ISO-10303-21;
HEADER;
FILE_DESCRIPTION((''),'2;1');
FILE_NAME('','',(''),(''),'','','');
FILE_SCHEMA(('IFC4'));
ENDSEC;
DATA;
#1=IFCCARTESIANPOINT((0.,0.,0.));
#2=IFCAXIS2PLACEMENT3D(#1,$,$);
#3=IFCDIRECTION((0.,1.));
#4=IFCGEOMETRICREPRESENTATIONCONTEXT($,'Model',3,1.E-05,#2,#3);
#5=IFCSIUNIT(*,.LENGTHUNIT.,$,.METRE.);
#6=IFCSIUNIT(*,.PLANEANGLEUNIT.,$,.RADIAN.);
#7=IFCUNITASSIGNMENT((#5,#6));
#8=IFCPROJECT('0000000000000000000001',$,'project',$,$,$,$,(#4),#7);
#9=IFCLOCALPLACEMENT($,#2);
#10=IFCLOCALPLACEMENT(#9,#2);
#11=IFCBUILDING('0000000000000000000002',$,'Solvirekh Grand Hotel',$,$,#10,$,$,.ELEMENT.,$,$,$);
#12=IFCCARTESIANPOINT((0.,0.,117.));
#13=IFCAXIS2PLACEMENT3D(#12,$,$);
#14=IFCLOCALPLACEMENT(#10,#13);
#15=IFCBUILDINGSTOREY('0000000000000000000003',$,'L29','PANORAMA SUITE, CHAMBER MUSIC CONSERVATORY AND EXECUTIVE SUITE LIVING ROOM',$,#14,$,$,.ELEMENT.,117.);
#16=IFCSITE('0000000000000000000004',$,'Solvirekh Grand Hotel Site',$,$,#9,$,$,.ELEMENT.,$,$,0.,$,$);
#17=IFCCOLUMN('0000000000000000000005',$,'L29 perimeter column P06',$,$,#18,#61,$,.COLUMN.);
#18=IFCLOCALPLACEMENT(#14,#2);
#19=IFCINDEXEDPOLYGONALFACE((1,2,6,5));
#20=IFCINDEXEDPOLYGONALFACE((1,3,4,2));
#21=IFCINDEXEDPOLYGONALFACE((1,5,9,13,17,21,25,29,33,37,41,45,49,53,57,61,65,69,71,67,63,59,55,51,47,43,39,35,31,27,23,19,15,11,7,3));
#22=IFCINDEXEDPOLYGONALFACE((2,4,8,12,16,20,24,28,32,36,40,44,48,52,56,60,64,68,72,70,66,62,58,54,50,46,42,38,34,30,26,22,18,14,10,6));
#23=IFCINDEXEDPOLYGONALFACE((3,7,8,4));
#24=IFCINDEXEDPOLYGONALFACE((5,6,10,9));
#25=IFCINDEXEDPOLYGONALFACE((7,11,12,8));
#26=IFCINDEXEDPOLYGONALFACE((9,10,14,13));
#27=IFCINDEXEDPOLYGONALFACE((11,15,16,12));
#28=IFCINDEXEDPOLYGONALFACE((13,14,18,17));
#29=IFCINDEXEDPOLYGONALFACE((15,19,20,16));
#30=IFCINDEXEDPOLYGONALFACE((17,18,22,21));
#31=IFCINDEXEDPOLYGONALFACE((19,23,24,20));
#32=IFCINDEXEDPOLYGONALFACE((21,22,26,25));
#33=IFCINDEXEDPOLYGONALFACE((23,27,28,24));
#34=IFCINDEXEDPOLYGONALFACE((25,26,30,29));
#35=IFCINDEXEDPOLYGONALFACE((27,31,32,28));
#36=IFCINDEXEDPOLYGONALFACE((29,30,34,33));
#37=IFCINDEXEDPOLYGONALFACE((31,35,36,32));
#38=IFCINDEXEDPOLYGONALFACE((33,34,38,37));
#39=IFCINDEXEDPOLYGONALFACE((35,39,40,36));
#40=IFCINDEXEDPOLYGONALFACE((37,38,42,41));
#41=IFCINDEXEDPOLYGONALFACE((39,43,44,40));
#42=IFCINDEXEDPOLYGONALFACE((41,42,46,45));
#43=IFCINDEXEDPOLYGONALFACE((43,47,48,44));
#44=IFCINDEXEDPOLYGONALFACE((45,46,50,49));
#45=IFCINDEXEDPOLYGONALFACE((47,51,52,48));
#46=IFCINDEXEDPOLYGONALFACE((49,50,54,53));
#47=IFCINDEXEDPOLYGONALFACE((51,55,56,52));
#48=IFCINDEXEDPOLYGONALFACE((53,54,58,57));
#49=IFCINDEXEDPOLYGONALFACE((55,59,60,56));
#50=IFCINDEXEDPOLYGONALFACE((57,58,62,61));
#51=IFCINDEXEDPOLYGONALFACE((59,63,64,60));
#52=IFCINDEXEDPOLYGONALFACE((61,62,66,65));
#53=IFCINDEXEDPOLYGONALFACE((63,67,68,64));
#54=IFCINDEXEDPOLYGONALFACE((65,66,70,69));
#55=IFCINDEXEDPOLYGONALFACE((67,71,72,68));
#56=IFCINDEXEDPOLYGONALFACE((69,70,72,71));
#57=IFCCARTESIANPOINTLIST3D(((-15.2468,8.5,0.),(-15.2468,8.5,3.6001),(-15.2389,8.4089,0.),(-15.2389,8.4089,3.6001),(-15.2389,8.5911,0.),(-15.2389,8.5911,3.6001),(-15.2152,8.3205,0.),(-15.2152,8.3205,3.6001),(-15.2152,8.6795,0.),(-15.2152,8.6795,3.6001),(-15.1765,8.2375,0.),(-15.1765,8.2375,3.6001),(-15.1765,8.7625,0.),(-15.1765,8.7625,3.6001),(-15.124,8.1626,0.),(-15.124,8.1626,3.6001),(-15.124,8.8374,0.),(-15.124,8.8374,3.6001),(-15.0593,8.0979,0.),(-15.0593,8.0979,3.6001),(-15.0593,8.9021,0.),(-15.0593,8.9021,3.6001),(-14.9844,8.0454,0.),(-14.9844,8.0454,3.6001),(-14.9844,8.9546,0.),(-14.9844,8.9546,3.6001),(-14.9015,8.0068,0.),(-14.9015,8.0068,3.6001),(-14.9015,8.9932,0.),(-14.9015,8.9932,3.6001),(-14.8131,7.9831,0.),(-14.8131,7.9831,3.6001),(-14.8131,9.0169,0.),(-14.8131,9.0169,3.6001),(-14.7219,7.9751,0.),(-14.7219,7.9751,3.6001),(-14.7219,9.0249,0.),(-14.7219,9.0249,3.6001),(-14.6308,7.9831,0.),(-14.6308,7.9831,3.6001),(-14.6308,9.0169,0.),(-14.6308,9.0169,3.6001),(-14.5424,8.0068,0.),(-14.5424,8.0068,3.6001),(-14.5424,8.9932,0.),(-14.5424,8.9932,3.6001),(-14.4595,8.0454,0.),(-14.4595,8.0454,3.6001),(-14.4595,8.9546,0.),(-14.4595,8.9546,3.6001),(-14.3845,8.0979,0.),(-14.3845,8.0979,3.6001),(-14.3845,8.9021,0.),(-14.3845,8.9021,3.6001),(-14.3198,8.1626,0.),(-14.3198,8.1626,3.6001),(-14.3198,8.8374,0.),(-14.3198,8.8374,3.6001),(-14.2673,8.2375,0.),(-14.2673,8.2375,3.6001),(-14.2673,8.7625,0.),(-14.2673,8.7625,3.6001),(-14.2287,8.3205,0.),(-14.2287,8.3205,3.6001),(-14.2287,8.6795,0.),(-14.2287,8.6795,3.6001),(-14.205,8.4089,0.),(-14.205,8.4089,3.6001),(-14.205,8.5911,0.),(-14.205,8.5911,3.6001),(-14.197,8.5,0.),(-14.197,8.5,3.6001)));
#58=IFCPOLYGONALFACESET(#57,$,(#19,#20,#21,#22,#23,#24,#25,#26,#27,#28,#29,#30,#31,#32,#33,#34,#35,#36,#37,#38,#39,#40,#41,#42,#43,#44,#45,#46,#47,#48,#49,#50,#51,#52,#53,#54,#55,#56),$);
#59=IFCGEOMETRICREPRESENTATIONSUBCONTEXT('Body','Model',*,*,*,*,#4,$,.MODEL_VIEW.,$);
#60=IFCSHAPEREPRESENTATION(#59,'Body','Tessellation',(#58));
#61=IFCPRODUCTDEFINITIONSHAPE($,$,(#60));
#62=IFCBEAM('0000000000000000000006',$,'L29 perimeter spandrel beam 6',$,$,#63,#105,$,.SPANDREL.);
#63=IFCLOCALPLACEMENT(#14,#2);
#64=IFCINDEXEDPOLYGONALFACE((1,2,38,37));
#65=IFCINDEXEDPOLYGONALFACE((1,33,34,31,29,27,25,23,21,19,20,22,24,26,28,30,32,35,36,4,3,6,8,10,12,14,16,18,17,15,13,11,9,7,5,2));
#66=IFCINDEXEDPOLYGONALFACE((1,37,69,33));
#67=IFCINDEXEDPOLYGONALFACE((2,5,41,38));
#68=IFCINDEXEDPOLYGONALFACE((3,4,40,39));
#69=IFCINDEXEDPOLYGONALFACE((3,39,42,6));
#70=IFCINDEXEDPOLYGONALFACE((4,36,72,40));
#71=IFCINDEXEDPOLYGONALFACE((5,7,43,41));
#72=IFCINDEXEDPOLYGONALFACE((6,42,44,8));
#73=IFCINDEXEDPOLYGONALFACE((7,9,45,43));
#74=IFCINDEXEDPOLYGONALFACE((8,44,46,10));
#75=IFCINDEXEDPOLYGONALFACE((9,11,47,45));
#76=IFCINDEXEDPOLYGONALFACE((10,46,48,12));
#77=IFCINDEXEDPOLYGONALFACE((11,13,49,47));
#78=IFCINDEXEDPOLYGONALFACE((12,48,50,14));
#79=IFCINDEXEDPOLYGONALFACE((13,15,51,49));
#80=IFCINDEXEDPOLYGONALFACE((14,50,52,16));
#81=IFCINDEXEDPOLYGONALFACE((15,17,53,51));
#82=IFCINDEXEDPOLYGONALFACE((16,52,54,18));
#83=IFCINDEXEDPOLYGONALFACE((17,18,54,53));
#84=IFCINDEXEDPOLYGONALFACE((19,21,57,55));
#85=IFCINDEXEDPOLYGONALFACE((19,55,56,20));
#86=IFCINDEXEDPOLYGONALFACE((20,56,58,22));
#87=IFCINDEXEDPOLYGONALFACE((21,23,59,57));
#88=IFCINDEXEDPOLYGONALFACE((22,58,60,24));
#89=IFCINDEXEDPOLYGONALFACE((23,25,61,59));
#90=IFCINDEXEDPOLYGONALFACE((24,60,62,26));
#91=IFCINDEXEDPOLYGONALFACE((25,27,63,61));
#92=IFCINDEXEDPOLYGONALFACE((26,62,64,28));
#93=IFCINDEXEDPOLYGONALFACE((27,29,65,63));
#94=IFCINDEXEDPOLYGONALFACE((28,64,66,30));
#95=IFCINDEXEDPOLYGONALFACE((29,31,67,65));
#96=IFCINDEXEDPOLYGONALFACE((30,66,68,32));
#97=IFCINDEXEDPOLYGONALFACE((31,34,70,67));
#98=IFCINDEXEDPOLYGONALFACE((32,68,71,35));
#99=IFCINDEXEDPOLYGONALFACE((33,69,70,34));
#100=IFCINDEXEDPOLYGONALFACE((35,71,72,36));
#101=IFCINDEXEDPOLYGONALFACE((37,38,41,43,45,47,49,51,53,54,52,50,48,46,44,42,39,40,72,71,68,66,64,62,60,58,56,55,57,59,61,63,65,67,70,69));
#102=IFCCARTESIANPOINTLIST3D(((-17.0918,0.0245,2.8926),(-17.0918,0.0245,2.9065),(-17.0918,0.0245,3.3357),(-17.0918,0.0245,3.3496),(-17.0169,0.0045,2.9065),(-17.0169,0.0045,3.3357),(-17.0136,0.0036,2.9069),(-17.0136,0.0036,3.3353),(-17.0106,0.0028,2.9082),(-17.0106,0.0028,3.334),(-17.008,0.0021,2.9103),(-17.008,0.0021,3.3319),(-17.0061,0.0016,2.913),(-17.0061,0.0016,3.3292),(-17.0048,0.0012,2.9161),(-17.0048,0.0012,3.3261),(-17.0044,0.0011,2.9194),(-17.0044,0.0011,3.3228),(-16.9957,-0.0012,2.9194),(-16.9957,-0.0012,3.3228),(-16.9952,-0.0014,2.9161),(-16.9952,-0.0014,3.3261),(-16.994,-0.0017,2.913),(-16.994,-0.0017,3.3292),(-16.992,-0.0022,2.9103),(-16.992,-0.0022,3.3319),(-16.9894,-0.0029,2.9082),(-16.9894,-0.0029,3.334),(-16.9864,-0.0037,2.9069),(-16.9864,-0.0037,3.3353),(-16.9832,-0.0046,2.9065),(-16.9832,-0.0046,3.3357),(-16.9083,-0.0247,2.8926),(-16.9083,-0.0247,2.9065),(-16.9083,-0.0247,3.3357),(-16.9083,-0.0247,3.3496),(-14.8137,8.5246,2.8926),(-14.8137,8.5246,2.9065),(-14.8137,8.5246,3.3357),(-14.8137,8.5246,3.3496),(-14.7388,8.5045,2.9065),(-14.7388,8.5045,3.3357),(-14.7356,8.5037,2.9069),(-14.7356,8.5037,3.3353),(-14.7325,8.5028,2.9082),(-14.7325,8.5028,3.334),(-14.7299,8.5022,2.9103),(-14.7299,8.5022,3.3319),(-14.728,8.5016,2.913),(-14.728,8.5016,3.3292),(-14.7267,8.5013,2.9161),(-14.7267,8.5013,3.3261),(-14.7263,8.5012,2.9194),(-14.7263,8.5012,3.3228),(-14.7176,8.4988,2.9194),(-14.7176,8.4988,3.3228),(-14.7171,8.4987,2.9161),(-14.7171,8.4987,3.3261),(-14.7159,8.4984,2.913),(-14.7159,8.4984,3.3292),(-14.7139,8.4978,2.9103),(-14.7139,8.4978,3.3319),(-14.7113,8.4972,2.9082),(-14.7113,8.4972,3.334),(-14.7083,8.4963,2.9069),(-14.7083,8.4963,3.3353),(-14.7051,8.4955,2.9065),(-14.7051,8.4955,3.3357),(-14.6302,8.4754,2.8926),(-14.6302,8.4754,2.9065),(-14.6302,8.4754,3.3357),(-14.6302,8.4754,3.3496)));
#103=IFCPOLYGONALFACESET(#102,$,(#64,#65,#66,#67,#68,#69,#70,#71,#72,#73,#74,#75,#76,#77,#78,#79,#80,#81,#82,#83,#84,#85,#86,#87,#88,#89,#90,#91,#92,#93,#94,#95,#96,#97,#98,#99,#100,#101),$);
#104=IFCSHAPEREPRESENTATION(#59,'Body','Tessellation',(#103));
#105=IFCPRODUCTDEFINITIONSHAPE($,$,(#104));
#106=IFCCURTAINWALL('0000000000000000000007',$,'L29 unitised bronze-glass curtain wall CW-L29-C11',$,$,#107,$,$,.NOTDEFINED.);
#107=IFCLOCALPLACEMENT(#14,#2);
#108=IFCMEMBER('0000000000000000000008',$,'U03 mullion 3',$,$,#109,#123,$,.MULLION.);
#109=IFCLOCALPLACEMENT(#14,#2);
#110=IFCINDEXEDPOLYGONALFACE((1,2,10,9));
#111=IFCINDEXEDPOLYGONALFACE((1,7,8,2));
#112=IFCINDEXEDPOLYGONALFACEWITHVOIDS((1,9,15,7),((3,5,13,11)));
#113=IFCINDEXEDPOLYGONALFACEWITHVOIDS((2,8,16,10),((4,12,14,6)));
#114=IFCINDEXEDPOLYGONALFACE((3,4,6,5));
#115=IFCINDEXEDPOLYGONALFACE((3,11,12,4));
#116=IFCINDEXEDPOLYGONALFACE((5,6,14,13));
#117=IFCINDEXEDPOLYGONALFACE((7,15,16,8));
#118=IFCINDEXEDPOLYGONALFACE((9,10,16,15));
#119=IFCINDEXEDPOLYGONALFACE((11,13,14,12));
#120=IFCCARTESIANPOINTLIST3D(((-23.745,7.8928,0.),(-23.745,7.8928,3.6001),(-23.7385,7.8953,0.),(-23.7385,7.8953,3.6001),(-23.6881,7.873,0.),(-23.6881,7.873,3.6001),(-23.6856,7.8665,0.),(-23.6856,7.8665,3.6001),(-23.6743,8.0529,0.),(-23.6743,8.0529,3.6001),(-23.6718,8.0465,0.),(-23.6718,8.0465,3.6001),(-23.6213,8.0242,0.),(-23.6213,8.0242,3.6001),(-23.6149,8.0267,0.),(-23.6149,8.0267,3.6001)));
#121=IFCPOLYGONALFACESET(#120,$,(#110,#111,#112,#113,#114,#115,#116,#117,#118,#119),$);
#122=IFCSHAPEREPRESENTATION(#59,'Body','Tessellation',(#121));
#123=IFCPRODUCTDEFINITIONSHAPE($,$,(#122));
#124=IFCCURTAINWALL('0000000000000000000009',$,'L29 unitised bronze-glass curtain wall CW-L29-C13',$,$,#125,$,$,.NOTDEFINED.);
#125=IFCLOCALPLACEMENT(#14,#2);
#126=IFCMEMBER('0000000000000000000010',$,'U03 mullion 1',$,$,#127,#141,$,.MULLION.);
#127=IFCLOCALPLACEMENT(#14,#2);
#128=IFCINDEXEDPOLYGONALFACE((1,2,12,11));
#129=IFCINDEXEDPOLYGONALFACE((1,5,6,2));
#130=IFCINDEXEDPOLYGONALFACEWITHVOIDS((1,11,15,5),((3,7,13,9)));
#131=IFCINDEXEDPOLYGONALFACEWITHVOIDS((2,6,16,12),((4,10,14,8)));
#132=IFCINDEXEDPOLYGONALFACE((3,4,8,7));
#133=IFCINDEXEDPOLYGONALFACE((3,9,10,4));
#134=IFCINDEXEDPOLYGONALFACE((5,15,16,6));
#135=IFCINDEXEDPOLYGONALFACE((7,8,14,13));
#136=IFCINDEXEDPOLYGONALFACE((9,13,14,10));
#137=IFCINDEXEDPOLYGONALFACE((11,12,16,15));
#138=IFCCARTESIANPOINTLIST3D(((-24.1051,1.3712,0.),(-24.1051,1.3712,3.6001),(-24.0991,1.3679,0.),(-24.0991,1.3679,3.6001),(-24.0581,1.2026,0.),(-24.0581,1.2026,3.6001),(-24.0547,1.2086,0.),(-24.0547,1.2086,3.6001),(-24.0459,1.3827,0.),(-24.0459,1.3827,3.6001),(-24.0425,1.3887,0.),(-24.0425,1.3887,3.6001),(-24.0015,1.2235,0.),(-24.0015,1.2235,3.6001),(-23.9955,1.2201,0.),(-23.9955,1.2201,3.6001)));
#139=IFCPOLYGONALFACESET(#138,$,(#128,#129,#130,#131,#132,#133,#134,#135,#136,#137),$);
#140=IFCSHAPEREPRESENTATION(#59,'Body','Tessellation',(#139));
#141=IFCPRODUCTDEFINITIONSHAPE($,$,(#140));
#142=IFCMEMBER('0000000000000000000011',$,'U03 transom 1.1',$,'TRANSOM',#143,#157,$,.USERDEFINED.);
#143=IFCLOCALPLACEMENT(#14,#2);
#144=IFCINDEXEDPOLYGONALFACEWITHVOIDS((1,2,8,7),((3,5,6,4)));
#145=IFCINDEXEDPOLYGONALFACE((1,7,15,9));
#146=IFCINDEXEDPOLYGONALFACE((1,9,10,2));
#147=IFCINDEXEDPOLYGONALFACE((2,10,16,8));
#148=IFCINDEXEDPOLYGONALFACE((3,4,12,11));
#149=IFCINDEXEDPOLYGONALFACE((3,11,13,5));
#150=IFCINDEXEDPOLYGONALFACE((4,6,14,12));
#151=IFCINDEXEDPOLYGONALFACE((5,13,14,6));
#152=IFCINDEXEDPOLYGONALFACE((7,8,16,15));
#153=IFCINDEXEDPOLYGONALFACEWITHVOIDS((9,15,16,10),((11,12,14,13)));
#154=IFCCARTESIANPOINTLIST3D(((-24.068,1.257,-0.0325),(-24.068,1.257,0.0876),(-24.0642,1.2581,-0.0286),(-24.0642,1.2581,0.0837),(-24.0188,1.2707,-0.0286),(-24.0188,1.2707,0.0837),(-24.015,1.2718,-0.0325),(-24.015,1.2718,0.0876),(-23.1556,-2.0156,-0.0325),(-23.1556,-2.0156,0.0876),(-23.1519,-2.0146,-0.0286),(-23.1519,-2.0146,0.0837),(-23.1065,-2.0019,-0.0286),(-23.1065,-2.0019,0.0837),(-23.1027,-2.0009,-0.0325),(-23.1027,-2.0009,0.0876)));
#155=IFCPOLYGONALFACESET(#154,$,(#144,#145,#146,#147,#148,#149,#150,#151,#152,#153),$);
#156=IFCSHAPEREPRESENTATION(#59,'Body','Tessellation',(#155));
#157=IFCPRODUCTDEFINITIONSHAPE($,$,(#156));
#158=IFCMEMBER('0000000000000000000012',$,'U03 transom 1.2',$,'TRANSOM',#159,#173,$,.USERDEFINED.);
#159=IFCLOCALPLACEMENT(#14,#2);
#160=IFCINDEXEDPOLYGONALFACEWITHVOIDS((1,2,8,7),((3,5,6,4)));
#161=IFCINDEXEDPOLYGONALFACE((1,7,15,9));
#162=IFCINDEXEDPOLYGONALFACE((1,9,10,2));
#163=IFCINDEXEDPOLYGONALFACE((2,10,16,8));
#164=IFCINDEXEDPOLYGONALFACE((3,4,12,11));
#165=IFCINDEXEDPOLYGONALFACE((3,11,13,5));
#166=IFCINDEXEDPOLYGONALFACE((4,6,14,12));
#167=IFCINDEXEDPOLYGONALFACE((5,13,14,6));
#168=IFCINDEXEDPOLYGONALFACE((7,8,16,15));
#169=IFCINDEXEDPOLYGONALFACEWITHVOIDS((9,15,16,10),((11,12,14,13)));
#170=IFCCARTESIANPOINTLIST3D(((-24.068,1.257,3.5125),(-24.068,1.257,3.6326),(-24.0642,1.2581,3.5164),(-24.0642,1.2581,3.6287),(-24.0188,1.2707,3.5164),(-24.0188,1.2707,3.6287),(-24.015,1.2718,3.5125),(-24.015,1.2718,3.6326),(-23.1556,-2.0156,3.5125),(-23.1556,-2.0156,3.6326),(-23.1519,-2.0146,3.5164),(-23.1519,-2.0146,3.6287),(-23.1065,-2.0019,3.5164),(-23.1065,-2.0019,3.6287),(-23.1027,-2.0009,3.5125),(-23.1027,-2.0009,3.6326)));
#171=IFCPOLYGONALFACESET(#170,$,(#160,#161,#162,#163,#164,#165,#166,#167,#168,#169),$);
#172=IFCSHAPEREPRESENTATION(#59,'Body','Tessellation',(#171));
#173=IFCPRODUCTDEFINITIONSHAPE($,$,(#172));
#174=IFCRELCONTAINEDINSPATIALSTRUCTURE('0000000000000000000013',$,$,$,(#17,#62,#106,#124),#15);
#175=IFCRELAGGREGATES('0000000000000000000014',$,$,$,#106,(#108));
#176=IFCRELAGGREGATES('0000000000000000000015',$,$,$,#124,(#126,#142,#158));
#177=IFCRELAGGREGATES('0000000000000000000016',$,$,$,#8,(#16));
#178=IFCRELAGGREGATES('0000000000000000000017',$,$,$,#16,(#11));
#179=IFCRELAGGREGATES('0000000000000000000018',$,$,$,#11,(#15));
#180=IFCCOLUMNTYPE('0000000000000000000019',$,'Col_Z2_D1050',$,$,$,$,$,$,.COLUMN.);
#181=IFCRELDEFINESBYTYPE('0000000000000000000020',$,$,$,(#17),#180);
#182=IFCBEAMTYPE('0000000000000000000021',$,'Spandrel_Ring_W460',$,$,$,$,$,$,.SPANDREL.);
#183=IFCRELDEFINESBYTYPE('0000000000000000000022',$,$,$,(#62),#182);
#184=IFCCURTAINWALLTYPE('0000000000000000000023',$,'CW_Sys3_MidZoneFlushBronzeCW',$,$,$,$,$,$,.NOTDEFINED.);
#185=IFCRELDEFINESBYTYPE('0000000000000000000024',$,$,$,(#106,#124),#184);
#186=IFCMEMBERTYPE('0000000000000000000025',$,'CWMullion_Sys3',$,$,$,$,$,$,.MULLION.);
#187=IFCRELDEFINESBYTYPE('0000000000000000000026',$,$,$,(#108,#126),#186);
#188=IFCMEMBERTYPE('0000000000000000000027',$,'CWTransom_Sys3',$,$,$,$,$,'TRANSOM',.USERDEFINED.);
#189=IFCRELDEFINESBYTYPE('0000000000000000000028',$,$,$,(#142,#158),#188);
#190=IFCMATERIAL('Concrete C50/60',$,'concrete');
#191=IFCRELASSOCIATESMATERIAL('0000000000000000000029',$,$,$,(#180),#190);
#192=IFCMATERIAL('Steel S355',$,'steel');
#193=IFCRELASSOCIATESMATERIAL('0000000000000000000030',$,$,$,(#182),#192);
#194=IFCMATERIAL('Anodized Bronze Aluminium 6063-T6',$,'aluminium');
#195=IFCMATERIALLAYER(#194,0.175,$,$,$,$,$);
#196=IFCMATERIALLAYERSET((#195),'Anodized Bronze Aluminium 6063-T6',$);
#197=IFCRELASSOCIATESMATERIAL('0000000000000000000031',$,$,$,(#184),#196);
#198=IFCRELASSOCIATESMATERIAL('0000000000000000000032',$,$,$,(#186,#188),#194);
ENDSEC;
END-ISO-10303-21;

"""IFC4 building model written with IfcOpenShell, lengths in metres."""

from ifc_helpers import new_model, si_unit, direction, frame, origin, origin_2d, place, context, subcontext, project, spatial, hollow_rectangle, circle, i_section, extrude, source, transform, mapped, material, layer, layer_set, material_profile, profile_set, type_object, element, aggregate, save


model = new_model("IFC4")

# Units and contexts
model_context = context("Model", 3, precision=1e-05, world=origin(), true_north=direction((0.0, 1.0)))
body_context = subcontext(model_context, "Body", "Model", "MODEL_VIEW")
ifc_project = project(units=[si_unit("LENGTHUNIT", "METRE"), si_unit("PLANEANGLEUNIT", "RADIAN")], contexts=[model_context])

# Site, building, storey
site_placement = place(None, origin())
site = spatial("IfcSite", under=ifc_project, at=site_placement, Name="Solvirekh Grand Hotel Site", CompositionType="ELEMENT", RefElevation=0.0)
building_placement = place(site_placement, origin())
building = spatial("IfcBuilding", under=site, at=building_placement, Name="Solvirekh Grand Hotel", CompositionType="ELEMENT")
storey_placement = place(building_placement, frame((0.0, 0.0, 117.0)))
storey = spatial("IfcBuildingStorey", under=building, at=storey_placement, Name="L29", Description="PANORAMA SUITE, CHAMBER MUSIC CONSERVATORY AND EXECUTIVE SUITE LIVING ROOM", CompositionType="ELEMENT", Elevation=117.0)

# Column
ifc_material_1 = material(Name="Concrete C50/60", Category="concrete")
ifc_material_profile_1 = material_profile(ifc_material_1, circle(Radius=0.5249, at=origin_2d()), Name="RC CIRC D1050")
ifc_profile_set_1 = profile_set([ifc_material_profile_1], Name="Concrete C50/60")
column_type = type_object("IfcColumnType", Name="Col_Z2_D1050", PredefinedType="COLUMN", material=ifc_profile_set_1)
column_placement = place(storey_placement, frame((-14.7219, 8.5, 0.0), z_axis=(0.0, 0.0, 1.0), x_axis=(1.0, 0.0, 0.0)))
element("IfcColumn", 1, at=column_placement, inside=storey, type_object=column_type, Name="L29 perimeter column P06", PredefinedType="COLUMN", context=body_context, shape_type="SweptSolid", body=[
    extrude(circle(Radius=0.5249, at=origin_2d()), origin(), (0.0, 0.0, 1.0), 3.6001),
])

# Beam
ifc_material_2 = material(Name="Steel S355", Category="steel")
ifc_material_profile_2 = material_profile(ifc_material_2, i_section(OverallWidth=0.1899, OverallDepth=0.457, WebThickness=0.009, FlangeThickness=0.0139, FilletRadius=0.0129, at=origin_2d()), Name="W460X74")
ifc_profile_set_2 = profile_set([ifc_material_profile_2], Name="Steel S355")
beam_type = type_object("IfcBeamType", Name="Spandrel_Ring_W460", PredefinedType="SPANDREL", material=ifc_profile_set_2)
beam_placement = place(storey_placement, frame((-14.7219, 8.5, 3.1211), z_axis=(-0.258873, -0.965911, 0.0), x_axis=(0.965911, -0.258873, 0.0)))
element("IfcBeam", 2, at=beam_placement, inside=storey, type_object=beam_type, Name="L29 perimeter spandrel beam 6", PredefinedType="SPANDREL", context=body_context, shape_type="SweptSolid", body=[
    extrude(i_section(OverallWidth=0.1899, OverallDepth=0.457, WebThickness=0.009, FlangeThickness=0.0139, FilletRadius=0.0129, at=origin_2d()), origin(), (0.0, 0.0, 1.0), 8.8),
])

# Curtain wall, member
ifc_material_3 = material(Name="Anodized Bronze Aluminium 6063-T6", Category="aluminium")
ifc_layer_1 = layer(ifc_material_3, 0.175)
ifc_layer_set_1 = layer_set([ifc_layer_1], Name="Anodized Bronze Aluminium 6063-T6")
curtain_wall_type = type_object("IfcCurtainWallType", Name="CW_Sys3_MidZoneFlushBronzeCW", PredefinedType="NOTDEFINED", material=ifc_layer_set_1)
curtain_wall_1_placement = place(storey_placement, origin())
curtain_wall_1 = element("IfcCurtainWall", 3, at=curtain_wall_1_placement, inside=storey, type_object=curtain_wall_type, Name="L29 unitised bronze-glass curtain wall CW-L29-C11", PredefinedType="NOTDEFINED")
ifc_material_profile_3 = material_profile(ifc_material_3, hollow_rectangle(XDim=0.0649, YDim=0.175, WallThickness=0.0049, at=origin_2d()), Name="ALU RHS 175X65X5")
ifc_profile_set_3 = profile_set([ifc_material_profile_3], Name="Anodized Bronze Aluminium 6063-T6")
member_type_1 = type_object("IfcMemberType", Name="CWMullion_Sys3", PredefinedType="MULLION", material=ifc_profile_set_3)
shared_shape_1 = source(origin(), body_context, "Body", "SweptSolid", [
    extrude(hollow_rectangle(XDim=0.0649, YDim=0.175, WallThickness=0.0049, at=origin_2d()), origin(), (0.0, 0.0, 1.0), 3.6001),
])
member_1_placement = place(storey_placement, frame((-23.6799, 7.9597, 0.0), z_axis=(0.0, 0.0, 1.0), x_axis=(0.914819, -0.403864, 0.0)))
member_1 = element("IfcMember", 4, at=member_1_placement, type_object=member_type_1, Name="U03 mullion 3", PredefinedType="MULLION", context=body_context, shape_type="MappedRepresentation", body=[
    mapped(shared_shape_1, transform((0.0, 0.0, 0.0), x_axis=(1.0, 0.0, 0.0), y_axis=(0.0, 1.0, 0.0), z_axis=(0.0, 0.0, 1.0), scale=1.0)),
])
aggregate(curtain_wall_1, [member_1])

# Curtain wall, members
curtain_wall_2_placement = place(storey_placement, origin())
curtain_wall_2 = element("IfcCurtainWall", 5, at=curtain_wall_2_placement, inside=storey, type_object=curtain_wall_type, Name="L29 unitised bronze-glass curtain wall CW-L29-C13", PredefinedType="NOTDEFINED")
member_2_placement = place(storey_placement, frame((-24.0503, 1.2957, 0.0), z_axis=(0.0, 0.0, 1.0), x_axis=(0.963269, 0.268537, 0.0)))
member_2 = element("IfcMember", 6, at=member_2_placement, type_object=member_type_1, Name="U03 mullion 1", PredefinedType="MULLION", context=body_context, shape_type="MappedRepresentation", body=[
    mapped(shared_shape_1, transform((0.0, 0.0, 0.0), x_axis=(1.0, 0.0, 0.0), y_axis=(0.0, 1.0, 0.0), z_axis=(0.0, 0.0, 1.0), scale=1.0)),
])
ifc_material_profile_4 = material_profile(ifc_material_3, hollow_rectangle(XDim=0.0549, YDim=0.1201, WallThickness=0.0039, at=origin_2d()), Name="ALU RHS 120X55X4")
ifc_profile_set_4 = profile_set([ifc_material_profile_4], Name="Anodized Bronze Aluminium 6063-T6")
member_type_2 = type_object("IfcMemberType", Name="CWTransom_Sys3", ElementType="TRANSOM", PredefinedType="USERDEFINED", material=ifc_profile_set_4)
shared_shape_2 = source(origin(), body_context, "Body", "SweptSolid", [
    extrude(hollow_rectangle(XDim=0.0549, YDim=0.1201, WallThickness=0.0039, at=origin_2d()), origin(), (0.0, 0.0, 1.0), 3.3975),
])
member_3_placement = place(storey_placement, frame((-24.0415, 1.2644, 0.0276), z_axis=(0.268537, -0.963269, 0.0), x_axis=(0.963269, 0.268537, 0.0)))
member_3 = element("IfcMember", 7, at=member_3_placement, type_object=member_type_2, Name="U03 transom 1.1", ObjectType="TRANSOM", PredefinedType="USERDEFINED", context=body_context, shape_type="MappedRepresentation", body=[
    mapped(shared_shape_2, transform((0.0, 0.0, 0.0), x_axis=(1.0, 0.0, 0.0), y_axis=(0.0, 1.0, 0.0), z_axis=(0.0, 0.0, 1.0), scale=1.0)),
])
member_4_placement = place(storey_placement, frame((-24.0415, 1.2644, 3.5725), z_axis=(0.268537, -0.963269, 0.0), x_axis=(0.963269, 0.268537, 0.0)))
member_4 = element("IfcMember", 8, at=member_4_placement, type_object=member_type_2, Name="U03 transom 1.2", ObjectType="TRANSOM", PredefinedType="USERDEFINED", context=body_context, shape_type="MappedRepresentation", body=[
    mapped(shared_shape_2, transform((0.0, 0.0, 0.0), x_axis=(1.0, 0.0, 0.0), y_axis=(0.0, 1.0, 0.0), z_axis=(0.0, 0.0, 1.0), scale=1.0)),
])
aggregate(curtain_wall_2, [member_2, member_3, member_4])

save(model, "model.ifc")
